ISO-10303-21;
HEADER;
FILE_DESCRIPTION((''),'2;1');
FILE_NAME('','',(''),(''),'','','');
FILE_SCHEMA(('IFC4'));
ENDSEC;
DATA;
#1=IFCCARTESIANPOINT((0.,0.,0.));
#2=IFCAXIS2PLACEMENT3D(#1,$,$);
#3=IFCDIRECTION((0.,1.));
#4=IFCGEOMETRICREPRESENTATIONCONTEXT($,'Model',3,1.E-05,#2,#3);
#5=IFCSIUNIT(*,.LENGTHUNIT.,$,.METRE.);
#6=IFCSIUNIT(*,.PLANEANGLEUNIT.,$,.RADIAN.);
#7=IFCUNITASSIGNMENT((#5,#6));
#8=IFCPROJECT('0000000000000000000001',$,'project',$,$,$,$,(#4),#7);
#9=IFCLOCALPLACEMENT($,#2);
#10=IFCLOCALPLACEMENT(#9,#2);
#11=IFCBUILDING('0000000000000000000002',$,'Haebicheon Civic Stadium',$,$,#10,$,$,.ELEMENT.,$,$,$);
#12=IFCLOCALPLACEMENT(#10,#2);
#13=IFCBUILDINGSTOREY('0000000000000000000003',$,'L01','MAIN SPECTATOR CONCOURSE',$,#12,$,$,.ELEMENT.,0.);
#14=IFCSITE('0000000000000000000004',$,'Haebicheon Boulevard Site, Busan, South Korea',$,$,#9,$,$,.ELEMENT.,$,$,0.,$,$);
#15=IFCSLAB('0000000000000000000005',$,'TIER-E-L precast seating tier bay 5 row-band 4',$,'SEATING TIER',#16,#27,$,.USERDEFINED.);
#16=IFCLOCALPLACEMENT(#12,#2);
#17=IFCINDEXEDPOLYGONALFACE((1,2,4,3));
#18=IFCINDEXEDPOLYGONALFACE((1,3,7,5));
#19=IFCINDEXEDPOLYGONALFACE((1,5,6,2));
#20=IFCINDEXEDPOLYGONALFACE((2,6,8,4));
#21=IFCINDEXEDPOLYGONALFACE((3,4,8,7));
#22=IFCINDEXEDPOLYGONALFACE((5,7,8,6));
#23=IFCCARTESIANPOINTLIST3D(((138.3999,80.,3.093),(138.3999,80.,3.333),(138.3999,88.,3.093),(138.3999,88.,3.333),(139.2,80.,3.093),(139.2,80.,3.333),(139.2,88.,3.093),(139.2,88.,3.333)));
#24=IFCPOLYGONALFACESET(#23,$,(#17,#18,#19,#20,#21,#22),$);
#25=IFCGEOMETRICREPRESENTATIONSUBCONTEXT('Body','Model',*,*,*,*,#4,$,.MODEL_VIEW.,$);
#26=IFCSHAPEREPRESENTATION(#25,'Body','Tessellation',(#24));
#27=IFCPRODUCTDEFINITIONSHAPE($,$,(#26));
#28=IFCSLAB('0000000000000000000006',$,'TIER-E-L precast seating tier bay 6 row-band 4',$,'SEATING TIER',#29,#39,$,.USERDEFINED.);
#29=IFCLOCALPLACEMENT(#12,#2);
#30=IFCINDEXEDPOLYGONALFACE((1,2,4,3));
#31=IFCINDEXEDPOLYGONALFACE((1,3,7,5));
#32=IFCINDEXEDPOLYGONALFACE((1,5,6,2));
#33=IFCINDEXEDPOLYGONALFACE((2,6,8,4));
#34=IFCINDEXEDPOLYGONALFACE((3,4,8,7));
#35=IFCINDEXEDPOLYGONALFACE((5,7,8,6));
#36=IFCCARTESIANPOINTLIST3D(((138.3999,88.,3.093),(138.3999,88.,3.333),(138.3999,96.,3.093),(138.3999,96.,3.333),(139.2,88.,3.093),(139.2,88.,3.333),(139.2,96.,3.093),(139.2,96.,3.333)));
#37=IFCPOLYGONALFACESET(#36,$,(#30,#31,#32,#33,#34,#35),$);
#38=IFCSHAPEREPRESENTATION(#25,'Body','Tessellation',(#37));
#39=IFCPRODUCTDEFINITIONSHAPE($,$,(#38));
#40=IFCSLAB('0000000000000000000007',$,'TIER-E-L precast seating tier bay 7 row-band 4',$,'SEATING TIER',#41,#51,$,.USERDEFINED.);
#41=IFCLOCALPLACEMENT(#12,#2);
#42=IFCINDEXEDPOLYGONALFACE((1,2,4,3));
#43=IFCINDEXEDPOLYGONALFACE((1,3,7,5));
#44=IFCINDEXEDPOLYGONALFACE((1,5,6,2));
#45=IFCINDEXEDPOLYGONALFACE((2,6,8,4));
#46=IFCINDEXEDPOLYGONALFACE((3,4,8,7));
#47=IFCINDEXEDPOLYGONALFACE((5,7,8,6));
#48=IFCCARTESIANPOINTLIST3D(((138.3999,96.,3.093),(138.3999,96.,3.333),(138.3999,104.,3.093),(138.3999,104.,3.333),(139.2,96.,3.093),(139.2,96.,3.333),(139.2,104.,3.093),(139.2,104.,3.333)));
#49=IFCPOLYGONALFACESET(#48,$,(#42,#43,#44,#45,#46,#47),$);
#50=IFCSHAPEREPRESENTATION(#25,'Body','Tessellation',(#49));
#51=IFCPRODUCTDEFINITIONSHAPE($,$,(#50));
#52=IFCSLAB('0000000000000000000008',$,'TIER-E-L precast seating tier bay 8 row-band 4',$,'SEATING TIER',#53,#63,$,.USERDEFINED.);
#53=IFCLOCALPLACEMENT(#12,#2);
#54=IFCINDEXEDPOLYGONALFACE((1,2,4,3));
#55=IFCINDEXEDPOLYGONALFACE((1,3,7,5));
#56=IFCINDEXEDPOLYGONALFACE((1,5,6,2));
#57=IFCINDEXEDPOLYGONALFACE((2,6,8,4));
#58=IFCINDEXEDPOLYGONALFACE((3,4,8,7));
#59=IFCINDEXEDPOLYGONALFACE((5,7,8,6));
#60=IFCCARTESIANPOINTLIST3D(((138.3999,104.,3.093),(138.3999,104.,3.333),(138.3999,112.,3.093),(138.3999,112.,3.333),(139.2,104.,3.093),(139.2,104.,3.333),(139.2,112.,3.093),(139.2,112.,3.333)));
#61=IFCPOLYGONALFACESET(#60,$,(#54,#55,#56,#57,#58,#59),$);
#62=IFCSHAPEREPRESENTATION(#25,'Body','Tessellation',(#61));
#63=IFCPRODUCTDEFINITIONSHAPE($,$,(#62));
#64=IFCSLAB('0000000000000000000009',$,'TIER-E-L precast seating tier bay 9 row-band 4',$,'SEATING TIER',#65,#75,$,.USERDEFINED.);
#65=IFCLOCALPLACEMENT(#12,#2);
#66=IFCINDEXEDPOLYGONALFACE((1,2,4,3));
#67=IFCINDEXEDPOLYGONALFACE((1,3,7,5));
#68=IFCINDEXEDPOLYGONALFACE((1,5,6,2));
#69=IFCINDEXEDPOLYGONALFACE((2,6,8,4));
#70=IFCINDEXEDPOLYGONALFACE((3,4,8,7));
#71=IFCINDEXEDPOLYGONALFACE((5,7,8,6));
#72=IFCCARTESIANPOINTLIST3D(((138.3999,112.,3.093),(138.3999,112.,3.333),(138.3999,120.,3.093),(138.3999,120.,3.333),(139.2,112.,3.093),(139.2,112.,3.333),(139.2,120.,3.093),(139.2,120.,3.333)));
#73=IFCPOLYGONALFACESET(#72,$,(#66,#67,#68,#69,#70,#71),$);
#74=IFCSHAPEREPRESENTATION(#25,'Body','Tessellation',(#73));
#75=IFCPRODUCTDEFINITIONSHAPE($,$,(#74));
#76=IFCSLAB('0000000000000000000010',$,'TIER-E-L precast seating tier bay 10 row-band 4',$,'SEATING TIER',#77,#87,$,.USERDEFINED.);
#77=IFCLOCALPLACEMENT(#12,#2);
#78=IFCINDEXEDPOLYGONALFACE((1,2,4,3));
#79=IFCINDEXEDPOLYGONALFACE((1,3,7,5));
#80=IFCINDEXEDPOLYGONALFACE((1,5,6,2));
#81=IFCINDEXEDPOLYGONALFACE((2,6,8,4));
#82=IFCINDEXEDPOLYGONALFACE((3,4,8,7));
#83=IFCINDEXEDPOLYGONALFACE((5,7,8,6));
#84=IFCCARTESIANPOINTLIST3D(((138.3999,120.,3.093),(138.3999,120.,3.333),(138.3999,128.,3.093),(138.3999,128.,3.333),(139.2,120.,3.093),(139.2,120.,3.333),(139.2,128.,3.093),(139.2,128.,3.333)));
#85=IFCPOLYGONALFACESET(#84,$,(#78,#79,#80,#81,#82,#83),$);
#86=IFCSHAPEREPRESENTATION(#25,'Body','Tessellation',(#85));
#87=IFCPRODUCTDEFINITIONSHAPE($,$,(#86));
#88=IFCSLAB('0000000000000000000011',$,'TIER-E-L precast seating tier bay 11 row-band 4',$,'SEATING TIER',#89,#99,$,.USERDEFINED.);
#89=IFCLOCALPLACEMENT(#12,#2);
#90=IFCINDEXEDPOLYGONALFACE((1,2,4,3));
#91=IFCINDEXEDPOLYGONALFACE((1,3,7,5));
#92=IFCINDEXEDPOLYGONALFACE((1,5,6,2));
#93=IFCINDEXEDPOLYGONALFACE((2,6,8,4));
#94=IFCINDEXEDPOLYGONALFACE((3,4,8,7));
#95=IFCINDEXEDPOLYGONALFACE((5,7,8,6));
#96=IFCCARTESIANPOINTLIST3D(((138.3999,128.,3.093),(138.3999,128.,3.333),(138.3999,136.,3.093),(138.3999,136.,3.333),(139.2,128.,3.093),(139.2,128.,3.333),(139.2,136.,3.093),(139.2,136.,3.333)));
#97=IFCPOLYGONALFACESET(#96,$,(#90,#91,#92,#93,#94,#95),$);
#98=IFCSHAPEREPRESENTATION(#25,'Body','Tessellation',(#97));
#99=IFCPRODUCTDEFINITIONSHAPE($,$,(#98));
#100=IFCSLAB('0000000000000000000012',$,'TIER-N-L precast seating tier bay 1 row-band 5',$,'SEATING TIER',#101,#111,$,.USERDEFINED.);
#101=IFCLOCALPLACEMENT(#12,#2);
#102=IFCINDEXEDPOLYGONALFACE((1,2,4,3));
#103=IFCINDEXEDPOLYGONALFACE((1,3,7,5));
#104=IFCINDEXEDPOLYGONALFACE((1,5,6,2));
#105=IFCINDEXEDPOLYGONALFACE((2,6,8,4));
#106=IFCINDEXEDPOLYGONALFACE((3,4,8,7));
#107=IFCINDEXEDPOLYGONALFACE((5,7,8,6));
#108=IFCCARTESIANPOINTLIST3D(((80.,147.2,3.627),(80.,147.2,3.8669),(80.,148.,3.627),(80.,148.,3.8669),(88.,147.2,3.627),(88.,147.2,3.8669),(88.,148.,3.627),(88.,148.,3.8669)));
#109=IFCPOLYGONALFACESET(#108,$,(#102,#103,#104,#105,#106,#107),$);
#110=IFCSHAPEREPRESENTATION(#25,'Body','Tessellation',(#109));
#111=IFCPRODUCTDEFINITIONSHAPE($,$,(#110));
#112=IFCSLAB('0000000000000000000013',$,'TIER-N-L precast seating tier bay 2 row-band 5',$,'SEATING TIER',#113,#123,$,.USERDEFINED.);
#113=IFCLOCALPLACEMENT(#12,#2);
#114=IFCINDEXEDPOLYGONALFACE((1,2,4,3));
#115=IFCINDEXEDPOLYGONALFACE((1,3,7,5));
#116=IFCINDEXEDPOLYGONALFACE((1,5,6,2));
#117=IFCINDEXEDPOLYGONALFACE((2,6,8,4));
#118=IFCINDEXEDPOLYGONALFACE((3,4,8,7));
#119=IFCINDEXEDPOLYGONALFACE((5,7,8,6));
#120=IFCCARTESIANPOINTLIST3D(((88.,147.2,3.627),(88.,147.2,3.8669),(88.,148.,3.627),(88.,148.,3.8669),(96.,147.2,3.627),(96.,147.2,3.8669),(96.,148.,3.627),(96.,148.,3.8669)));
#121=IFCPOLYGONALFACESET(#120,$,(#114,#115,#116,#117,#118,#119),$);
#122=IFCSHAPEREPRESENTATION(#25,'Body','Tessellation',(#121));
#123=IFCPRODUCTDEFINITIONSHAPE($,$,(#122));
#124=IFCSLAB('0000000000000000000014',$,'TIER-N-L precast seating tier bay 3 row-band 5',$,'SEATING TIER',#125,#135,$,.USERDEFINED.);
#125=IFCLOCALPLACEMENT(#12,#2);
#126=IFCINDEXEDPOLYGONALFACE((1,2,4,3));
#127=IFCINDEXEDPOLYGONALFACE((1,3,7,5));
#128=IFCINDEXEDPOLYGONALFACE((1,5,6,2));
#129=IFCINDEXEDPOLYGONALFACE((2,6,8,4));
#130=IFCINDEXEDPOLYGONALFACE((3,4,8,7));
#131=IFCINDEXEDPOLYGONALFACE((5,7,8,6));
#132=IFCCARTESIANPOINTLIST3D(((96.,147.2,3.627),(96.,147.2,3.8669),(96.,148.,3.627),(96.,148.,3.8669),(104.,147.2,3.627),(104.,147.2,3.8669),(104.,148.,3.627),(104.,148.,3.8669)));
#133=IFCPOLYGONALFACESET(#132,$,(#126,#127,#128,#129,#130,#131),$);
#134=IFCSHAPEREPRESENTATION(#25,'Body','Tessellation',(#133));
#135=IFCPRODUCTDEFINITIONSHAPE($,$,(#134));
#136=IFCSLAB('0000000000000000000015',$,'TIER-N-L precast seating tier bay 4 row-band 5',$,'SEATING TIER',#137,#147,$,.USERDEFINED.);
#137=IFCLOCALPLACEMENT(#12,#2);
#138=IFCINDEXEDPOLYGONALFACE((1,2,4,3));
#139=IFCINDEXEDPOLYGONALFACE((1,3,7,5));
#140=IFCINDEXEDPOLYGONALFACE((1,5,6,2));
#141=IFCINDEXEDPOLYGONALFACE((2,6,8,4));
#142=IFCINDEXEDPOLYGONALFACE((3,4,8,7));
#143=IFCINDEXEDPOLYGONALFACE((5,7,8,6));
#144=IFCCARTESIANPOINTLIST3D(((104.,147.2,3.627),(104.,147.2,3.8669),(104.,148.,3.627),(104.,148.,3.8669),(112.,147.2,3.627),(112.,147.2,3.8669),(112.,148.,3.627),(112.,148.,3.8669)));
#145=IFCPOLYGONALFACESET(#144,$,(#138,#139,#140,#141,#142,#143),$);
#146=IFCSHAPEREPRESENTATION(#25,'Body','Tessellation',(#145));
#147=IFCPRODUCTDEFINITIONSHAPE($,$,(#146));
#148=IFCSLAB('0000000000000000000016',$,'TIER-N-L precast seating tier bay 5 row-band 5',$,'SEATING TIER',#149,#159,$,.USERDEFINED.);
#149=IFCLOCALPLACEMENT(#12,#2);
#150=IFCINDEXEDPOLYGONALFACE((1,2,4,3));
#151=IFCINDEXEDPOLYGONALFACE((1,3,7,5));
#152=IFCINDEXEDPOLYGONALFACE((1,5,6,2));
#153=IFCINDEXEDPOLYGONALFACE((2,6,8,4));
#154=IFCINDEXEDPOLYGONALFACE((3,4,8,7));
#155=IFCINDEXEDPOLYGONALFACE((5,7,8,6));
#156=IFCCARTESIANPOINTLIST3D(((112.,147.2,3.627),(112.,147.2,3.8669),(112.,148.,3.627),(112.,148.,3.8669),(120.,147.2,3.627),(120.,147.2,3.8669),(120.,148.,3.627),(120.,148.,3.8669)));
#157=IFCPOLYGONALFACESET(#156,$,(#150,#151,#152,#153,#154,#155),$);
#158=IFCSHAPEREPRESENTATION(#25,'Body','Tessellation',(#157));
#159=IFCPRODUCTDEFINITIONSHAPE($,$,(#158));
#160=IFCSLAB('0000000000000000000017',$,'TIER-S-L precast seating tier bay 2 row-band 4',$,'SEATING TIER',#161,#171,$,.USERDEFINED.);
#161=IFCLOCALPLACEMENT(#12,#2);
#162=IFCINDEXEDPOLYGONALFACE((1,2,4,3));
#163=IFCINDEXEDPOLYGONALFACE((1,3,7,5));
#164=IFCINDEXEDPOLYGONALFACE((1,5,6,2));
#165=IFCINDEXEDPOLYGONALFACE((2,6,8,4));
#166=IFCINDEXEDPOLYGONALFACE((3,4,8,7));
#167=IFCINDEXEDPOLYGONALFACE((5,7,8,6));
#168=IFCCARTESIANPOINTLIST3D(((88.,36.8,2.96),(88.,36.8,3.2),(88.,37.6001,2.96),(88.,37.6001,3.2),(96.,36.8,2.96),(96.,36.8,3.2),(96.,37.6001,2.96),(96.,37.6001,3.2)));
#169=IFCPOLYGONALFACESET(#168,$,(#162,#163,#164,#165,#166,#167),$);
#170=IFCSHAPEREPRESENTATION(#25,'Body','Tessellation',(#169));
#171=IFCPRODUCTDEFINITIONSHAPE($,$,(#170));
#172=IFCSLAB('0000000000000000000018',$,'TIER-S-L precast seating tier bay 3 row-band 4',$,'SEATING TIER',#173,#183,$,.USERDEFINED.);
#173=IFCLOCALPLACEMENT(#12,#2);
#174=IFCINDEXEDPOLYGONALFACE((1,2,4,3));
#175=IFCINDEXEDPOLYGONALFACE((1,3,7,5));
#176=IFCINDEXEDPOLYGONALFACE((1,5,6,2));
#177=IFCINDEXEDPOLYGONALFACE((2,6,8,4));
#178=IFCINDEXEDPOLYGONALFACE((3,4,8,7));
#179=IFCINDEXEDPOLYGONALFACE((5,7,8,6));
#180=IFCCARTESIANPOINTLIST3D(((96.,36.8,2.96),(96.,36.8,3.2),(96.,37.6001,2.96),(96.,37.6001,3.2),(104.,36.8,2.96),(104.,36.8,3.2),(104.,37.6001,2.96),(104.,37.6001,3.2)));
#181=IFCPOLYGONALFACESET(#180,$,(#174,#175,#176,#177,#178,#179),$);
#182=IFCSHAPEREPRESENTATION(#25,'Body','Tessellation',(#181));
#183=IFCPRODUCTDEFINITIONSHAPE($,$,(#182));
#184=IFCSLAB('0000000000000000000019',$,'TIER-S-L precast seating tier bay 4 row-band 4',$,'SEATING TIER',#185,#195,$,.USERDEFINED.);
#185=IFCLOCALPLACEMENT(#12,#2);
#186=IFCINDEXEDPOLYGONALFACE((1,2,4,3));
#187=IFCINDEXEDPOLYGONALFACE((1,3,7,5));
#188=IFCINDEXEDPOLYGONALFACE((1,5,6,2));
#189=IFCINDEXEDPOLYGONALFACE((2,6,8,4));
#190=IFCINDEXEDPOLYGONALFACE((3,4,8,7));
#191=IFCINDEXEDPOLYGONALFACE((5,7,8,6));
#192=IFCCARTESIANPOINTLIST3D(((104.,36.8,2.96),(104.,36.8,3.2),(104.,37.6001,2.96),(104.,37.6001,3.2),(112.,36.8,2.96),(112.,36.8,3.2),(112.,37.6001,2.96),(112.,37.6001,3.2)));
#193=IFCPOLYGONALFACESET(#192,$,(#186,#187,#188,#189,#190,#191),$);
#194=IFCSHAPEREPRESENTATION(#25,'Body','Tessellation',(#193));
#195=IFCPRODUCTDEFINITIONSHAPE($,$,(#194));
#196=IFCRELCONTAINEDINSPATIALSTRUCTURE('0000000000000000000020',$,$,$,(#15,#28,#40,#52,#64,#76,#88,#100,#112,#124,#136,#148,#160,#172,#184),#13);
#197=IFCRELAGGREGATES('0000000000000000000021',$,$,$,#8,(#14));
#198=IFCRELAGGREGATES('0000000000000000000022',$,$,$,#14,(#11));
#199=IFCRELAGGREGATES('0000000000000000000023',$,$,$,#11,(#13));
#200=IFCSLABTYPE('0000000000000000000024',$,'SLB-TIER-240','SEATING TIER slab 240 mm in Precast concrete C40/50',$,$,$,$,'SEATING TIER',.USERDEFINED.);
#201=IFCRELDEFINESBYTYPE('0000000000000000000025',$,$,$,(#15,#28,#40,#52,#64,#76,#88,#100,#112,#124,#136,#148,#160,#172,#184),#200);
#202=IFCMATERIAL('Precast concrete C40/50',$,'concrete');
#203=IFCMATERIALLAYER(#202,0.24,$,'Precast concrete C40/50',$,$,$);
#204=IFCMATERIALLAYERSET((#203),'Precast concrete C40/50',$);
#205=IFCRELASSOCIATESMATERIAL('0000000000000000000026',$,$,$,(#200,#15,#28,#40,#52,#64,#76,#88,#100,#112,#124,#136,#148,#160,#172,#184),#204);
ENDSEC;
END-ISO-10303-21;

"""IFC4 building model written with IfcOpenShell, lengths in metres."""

from ifc_helpers import new_model, si_unit, direction, frame, origin, place, context, subcontext, project, spatial, polyline, outline, extrude, material, layer, layer_set, type_object, element, save


model = new_model("IFC4")

# Units and contexts
model_context = context("Model", 3, precision=1e-05, world=origin(), true_north=direction((0.0, 1.0)))
body_context = subcontext(model_context, "Body", "Model", "MODEL_VIEW")
ifc_project = project(units=[si_unit("LENGTHUNIT", "METRE"), si_unit("PLANEANGLEUNIT", "RADIAN")], contexts=[model_context])

# Site, building, storey
site_placement = place(None, origin())
site = spatial("IfcSite", under=ifc_project, at=site_placement, Name="Haebicheon Boulevard Site, Busan, South Korea", CompositionType="ELEMENT", RefElevation=0.0)
building_placement = place(site_placement, origin())
building = spatial("IfcBuilding", under=site, at=building_placement, Name="Haebicheon Civic Stadium", CompositionType="ELEMENT")
storey_placement = place(building_placement, origin())
storey = spatial("IfcBuildingStorey", under=building, at=storey_placement, Name="L01", Description="MAIN SPECTATOR CONCOURSE", CompositionType="ELEMENT", Elevation=0.0)

# Slabs
ifc_material = material(Name="Precast concrete C40/50", Category="concrete")
ifc_layer = layer(ifc_material, 0.24, Name="Precast concrete C40/50")
ifc_layer_set = layer_set([ifc_layer], Name="Precast concrete C40/50")
slab_type = type_object("IfcSlabType", Name="SLB-TIER-240", Description="SEATING TIER slab 240 mm in Precast concrete C40/50", ElementType="SEATING TIER", PredefinedType="USERDEFINED", material=ifc_layer_set)
slab_1_placement = place(storey_placement, frame((0.0, 0.0, 3.093)))
element("IfcSlab", 1, at=slab_1_placement, inside=storey, type_object=slab_type, material=ifc_layer_set, Name="TIER-E-L precast seating tier bay 5 row-band 4", ObjectType="SEATING TIER", PredefinedType="USERDEFINED", context=body_context, shape_type="SweptSolid", body=[
    extrude(outline(polyline([(138.3999, 80.0), (139.2, 80.0), (139.2, 88.0), (138.3999, 88.0), (138.3999, 80.0)])), origin(), (0.0, 0.0, 1.0), 0.24),
])
slab_2_placement = place(storey_placement, frame((0.0, 0.0, 3.093)))
element("IfcSlab", 2, at=slab_2_placement, inside=storey, type_object=slab_type, material=ifc_layer_set, Name="TIER-E-L precast seating tier bay 6 row-band 4", ObjectType="SEATING TIER", PredefinedType="USERDEFINED", context=body_context, shape_type="SweptSolid", body=[
    extrude(outline(polyline([(138.3999, 88.0), (139.2, 88.0), (139.2, 96.0), (138.3999, 96.0), (138.3999, 88.0)])), origin(), (0.0, 0.0, 1.0), 0.24),
])
slab_3_placement = place(storey_placement, frame((0.0, 0.0, 3.093)))
element("IfcSlab", 3, at=slab_3_placement, inside=storey, type_object=slab_type, material=ifc_layer_set, Name="TIER-E-L precast seating tier bay 7 row-band 4", ObjectType="SEATING TIER", PredefinedType="USERDEFINED", context=body_context, shape_type="SweptSolid", body=[
    extrude(outline(polyline([(138.3999, 96.0), (139.2, 96.0), (139.2, 104.0), (138.3999, 104.0), (138.3999, 96.0)])), origin(), (0.0, 0.0, 1.0), 0.24),
])
slab_4_placement = place(storey_placement, frame((0.0, 0.0, 3.093)))
element("IfcSlab", 4, at=slab_4_placement, inside=storey, type_object=slab_type, material=ifc_layer_set, Name="TIER-E-L precast seating tier bay 8 row-band 4", ObjectType="SEATING TIER", PredefinedType="USERDEFINED", context=body_context, shape_type="SweptSolid", body=[
    extrude(outline(polyline([(138.3999, 104.0), (139.2, 104.0), (139.2, 112.0), (138.3999, 112.0), (138.3999, 104.0)])), origin(), (0.0, 0.0, 1.0), 0.24),
])
slab_5_placement = place(storey_placement, frame((0.0, 0.0, 3.093)))
element("IfcSlab", 5, at=slab_5_placement, inside=storey, type_object=slab_type, material=ifc_layer_set, Name="TIER-E-L precast seating tier bay 9 row-band 4", ObjectType="SEATING TIER", PredefinedType="USERDEFINED", context=body_context, shape_type="SweptSolid", body=[
    extrude(outline(polyline([(138.3999, 112.0), (139.2, 112.0), (139.2, 120.0), (138.3999, 120.0), (138.3999, 112.0)])), origin(), (0.0, 0.0, 1.0), 0.24),
])
slab_6_placement = place(storey_placement, frame((0.0, 0.0, 3.093)))
element("IfcSlab", 6, at=slab_6_placement, inside=storey, type_object=slab_type, material=ifc_layer_set, Name="TIER-E-L precast seating tier bay 10 row-band 4", ObjectType="SEATING TIER", PredefinedType="USERDEFINED", context=body_context, shape_type="SweptSolid", body=[
    extrude(outline(polyline([(138.3999, 120.0), (139.2, 120.0), (139.2, 128.0), (138.3999, 128.0), (138.3999, 120.0)])), origin(), (0.0, 0.0, 1.0), 0.24),
])
slab_7_placement = place(storey_placement, frame((0.0, 0.0, 3.093)))
element("IfcSlab", 7, at=slab_7_placement, inside=storey, type_object=slab_type, material=ifc_layer_set, Name="TIER-E-L precast seating tier bay 11 row-band 4", ObjectType="SEATING TIER", PredefinedType="USERDEFINED", context=body_context, shape_type="SweptSolid", body=[
    extrude(outline(polyline([(138.3999, 128.0), (139.2, 128.0), (139.2, 136.0), (138.3999, 136.0), (138.3999, 128.0)])), origin(), (0.0, 0.0, 1.0), 0.24),
])
slab_8_placement = place(storey_placement, frame((0.0, 0.0, 3.627)))
element("IfcSlab", 8, at=slab_8_placement, inside=storey, type_object=slab_type, material=ifc_layer_set, Name="TIER-N-L precast seating tier bay 1 row-band 5", ObjectType="SEATING TIER", PredefinedType="USERDEFINED", context=body_context, shape_type="SweptSolid", body=[
    extrude(outline(polyline([(80.0, 147.2), (88.0, 147.2), (88.0, 148.0), (80.0, 148.0), (80.0, 147.2)])), origin(), (0.0, 0.0, 1.0), 0.24),
])
slab_9_placement = place(storey_placement, frame((0.0, 0.0, 3.627)))
element("IfcSlab", 9, at=slab_9_placement, inside=storey, type_object=slab_type, material=ifc_layer_set, Name="TIER-N-L precast seating tier bay 2 row-band 5", ObjectType="SEATING TIER", PredefinedType="USERDEFINED", context=body_context, shape_type="SweptSolid", body=[
    extrude(outline(polyline([(88.0, 147.2), (96.0, 147.2), (96.0, 148.0), (88.0, 148.0), (88.0, 147.2)])), origin(), (0.0, 0.0, 1.0), 0.24),
])
slab_10_placement = place(storey_placement, frame((0.0, 0.0, 3.627)))
element("IfcSlab", 10, at=slab_10_placement, inside=storey, type_object=slab_type, material=ifc_layer_set, Name="TIER-N-L precast seating tier bay 3 row-band 5", ObjectType="SEATING TIER", PredefinedType="USERDEFINED", context=body_context, shape_type="SweptSolid", body=[
    extrude(outline(polyline([(96.0, 147.2), (104.0, 147.2), (104.0, 148.0), (96.0, 148.0), (96.0, 147.2)])), origin(), (0.0, 0.0, 1.0), 0.24),
])
slab_11_placement = place(storey_placement, frame((0.0, 0.0, 3.627)))
element("IfcSlab", 11, at=slab_11_placement, inside=storey, type_object=slab_type, material=ifc_layer_set, Name="TIER-N-L precast seating tier bay 4 row-band 5", ObjectType="SEATING TIER", PredefinedType="USERDEFINED", context=body_context, shape_type="SweptSolid", body=[
    extrude(outline(polyline([(104.0, 147.2), (112.0, 147.2), (112.0, 148.0), (104.0, 148.0), (104.0, 147.2)])), origin(), (0.0, 0.0, 1.0), 0.24),
])
slab_12_placement = place(storey_placement, frame((0.0, 0.0, 3.627)))
element("IfcSlab", 12, at=slab_12_placement, inside=storey, type_object=slab_type, material=ifc_layer_set, Name="TIER-N-L precast seating tier bay 5 row-band 5", ObjectType="SEATING TIER", PredefinedType="USERDEFINED", context=body_context, shape_type="SweptSolid", body=[
    extrude(outline(polyline([(112.0, 147.2), (120.0, 147.2), (120.0, 148.0), (112.0, 148.0), (112.0, 147.2)])), origin(), (0.0, 0.0, 1.0), 0.24),
])
slab_13_placement = place(storey_placement, frame((0.0, 0.0, 2.96)))
element("IfcSlab", 13, at=slab_13_placement, inside=storey, type_object=slab_type, material=ifc_layer_set, Name="TIER-S-L precast seating tier bay 2 row-band 4", ObjectType="SEATING TIER", PredefinedType="USERDEFINED", context=body_context, shape_type="SweptSolid", body=[
    extrude(outline(polyline([(88.0, 36.8), (96.0, 36.8), (96.0, 37.6001), (88.0, 37.6001), (88.0, 36.8)])), origin(), (0.0, 0.0, 1.0), 0.24),
])
slab_14_placement = place(storey_placement, frame((0.0, 0.0, 2.96)))
element("IfcSlab", 14, at=slab_14_placement, inside=storey, type_object=slab_type, material=ifc_layer_set, Name="TIER-S-L precast seating tier bay 3 row-band 4", ObjectType="SEATING TIER", PredefinedType="USERDEFINED", context=body_context, shape_type="SweptSolid", body=[
    extrude(outline(polyline([(96.0, 36.8), (104.0, 36.8), (104.0, 37.6001), (96.0, 37.6001), (96.0, 36.8)])), origin(), (0.0, 0.0, 1.0), 0.24),
])
slab_15_placement = place(storey_placement, frame((0.0, 0.0, 2.96)))
element("IfcSlab", 15, at=slab_15_placement, inside=storey, type_object=slab_type, material=ifc_layer_set, Name="TIER-S-L precast seating tier bay 4 row-band 4", ObjectType="SEATING TIER", PredefinedType="USERDEFINED", context=body_context, shape_type="SweptSolid", body=[
    extrude(outline(polyline([(104.0, 36.8), (112.0, 36.8), (112.0, 37.6001), (104.0, 37.6001), (104.0, 36.8)])), origin(), (0.0, 0.0, 1.0), 0.24),
])

save(model, "model.ifc")
